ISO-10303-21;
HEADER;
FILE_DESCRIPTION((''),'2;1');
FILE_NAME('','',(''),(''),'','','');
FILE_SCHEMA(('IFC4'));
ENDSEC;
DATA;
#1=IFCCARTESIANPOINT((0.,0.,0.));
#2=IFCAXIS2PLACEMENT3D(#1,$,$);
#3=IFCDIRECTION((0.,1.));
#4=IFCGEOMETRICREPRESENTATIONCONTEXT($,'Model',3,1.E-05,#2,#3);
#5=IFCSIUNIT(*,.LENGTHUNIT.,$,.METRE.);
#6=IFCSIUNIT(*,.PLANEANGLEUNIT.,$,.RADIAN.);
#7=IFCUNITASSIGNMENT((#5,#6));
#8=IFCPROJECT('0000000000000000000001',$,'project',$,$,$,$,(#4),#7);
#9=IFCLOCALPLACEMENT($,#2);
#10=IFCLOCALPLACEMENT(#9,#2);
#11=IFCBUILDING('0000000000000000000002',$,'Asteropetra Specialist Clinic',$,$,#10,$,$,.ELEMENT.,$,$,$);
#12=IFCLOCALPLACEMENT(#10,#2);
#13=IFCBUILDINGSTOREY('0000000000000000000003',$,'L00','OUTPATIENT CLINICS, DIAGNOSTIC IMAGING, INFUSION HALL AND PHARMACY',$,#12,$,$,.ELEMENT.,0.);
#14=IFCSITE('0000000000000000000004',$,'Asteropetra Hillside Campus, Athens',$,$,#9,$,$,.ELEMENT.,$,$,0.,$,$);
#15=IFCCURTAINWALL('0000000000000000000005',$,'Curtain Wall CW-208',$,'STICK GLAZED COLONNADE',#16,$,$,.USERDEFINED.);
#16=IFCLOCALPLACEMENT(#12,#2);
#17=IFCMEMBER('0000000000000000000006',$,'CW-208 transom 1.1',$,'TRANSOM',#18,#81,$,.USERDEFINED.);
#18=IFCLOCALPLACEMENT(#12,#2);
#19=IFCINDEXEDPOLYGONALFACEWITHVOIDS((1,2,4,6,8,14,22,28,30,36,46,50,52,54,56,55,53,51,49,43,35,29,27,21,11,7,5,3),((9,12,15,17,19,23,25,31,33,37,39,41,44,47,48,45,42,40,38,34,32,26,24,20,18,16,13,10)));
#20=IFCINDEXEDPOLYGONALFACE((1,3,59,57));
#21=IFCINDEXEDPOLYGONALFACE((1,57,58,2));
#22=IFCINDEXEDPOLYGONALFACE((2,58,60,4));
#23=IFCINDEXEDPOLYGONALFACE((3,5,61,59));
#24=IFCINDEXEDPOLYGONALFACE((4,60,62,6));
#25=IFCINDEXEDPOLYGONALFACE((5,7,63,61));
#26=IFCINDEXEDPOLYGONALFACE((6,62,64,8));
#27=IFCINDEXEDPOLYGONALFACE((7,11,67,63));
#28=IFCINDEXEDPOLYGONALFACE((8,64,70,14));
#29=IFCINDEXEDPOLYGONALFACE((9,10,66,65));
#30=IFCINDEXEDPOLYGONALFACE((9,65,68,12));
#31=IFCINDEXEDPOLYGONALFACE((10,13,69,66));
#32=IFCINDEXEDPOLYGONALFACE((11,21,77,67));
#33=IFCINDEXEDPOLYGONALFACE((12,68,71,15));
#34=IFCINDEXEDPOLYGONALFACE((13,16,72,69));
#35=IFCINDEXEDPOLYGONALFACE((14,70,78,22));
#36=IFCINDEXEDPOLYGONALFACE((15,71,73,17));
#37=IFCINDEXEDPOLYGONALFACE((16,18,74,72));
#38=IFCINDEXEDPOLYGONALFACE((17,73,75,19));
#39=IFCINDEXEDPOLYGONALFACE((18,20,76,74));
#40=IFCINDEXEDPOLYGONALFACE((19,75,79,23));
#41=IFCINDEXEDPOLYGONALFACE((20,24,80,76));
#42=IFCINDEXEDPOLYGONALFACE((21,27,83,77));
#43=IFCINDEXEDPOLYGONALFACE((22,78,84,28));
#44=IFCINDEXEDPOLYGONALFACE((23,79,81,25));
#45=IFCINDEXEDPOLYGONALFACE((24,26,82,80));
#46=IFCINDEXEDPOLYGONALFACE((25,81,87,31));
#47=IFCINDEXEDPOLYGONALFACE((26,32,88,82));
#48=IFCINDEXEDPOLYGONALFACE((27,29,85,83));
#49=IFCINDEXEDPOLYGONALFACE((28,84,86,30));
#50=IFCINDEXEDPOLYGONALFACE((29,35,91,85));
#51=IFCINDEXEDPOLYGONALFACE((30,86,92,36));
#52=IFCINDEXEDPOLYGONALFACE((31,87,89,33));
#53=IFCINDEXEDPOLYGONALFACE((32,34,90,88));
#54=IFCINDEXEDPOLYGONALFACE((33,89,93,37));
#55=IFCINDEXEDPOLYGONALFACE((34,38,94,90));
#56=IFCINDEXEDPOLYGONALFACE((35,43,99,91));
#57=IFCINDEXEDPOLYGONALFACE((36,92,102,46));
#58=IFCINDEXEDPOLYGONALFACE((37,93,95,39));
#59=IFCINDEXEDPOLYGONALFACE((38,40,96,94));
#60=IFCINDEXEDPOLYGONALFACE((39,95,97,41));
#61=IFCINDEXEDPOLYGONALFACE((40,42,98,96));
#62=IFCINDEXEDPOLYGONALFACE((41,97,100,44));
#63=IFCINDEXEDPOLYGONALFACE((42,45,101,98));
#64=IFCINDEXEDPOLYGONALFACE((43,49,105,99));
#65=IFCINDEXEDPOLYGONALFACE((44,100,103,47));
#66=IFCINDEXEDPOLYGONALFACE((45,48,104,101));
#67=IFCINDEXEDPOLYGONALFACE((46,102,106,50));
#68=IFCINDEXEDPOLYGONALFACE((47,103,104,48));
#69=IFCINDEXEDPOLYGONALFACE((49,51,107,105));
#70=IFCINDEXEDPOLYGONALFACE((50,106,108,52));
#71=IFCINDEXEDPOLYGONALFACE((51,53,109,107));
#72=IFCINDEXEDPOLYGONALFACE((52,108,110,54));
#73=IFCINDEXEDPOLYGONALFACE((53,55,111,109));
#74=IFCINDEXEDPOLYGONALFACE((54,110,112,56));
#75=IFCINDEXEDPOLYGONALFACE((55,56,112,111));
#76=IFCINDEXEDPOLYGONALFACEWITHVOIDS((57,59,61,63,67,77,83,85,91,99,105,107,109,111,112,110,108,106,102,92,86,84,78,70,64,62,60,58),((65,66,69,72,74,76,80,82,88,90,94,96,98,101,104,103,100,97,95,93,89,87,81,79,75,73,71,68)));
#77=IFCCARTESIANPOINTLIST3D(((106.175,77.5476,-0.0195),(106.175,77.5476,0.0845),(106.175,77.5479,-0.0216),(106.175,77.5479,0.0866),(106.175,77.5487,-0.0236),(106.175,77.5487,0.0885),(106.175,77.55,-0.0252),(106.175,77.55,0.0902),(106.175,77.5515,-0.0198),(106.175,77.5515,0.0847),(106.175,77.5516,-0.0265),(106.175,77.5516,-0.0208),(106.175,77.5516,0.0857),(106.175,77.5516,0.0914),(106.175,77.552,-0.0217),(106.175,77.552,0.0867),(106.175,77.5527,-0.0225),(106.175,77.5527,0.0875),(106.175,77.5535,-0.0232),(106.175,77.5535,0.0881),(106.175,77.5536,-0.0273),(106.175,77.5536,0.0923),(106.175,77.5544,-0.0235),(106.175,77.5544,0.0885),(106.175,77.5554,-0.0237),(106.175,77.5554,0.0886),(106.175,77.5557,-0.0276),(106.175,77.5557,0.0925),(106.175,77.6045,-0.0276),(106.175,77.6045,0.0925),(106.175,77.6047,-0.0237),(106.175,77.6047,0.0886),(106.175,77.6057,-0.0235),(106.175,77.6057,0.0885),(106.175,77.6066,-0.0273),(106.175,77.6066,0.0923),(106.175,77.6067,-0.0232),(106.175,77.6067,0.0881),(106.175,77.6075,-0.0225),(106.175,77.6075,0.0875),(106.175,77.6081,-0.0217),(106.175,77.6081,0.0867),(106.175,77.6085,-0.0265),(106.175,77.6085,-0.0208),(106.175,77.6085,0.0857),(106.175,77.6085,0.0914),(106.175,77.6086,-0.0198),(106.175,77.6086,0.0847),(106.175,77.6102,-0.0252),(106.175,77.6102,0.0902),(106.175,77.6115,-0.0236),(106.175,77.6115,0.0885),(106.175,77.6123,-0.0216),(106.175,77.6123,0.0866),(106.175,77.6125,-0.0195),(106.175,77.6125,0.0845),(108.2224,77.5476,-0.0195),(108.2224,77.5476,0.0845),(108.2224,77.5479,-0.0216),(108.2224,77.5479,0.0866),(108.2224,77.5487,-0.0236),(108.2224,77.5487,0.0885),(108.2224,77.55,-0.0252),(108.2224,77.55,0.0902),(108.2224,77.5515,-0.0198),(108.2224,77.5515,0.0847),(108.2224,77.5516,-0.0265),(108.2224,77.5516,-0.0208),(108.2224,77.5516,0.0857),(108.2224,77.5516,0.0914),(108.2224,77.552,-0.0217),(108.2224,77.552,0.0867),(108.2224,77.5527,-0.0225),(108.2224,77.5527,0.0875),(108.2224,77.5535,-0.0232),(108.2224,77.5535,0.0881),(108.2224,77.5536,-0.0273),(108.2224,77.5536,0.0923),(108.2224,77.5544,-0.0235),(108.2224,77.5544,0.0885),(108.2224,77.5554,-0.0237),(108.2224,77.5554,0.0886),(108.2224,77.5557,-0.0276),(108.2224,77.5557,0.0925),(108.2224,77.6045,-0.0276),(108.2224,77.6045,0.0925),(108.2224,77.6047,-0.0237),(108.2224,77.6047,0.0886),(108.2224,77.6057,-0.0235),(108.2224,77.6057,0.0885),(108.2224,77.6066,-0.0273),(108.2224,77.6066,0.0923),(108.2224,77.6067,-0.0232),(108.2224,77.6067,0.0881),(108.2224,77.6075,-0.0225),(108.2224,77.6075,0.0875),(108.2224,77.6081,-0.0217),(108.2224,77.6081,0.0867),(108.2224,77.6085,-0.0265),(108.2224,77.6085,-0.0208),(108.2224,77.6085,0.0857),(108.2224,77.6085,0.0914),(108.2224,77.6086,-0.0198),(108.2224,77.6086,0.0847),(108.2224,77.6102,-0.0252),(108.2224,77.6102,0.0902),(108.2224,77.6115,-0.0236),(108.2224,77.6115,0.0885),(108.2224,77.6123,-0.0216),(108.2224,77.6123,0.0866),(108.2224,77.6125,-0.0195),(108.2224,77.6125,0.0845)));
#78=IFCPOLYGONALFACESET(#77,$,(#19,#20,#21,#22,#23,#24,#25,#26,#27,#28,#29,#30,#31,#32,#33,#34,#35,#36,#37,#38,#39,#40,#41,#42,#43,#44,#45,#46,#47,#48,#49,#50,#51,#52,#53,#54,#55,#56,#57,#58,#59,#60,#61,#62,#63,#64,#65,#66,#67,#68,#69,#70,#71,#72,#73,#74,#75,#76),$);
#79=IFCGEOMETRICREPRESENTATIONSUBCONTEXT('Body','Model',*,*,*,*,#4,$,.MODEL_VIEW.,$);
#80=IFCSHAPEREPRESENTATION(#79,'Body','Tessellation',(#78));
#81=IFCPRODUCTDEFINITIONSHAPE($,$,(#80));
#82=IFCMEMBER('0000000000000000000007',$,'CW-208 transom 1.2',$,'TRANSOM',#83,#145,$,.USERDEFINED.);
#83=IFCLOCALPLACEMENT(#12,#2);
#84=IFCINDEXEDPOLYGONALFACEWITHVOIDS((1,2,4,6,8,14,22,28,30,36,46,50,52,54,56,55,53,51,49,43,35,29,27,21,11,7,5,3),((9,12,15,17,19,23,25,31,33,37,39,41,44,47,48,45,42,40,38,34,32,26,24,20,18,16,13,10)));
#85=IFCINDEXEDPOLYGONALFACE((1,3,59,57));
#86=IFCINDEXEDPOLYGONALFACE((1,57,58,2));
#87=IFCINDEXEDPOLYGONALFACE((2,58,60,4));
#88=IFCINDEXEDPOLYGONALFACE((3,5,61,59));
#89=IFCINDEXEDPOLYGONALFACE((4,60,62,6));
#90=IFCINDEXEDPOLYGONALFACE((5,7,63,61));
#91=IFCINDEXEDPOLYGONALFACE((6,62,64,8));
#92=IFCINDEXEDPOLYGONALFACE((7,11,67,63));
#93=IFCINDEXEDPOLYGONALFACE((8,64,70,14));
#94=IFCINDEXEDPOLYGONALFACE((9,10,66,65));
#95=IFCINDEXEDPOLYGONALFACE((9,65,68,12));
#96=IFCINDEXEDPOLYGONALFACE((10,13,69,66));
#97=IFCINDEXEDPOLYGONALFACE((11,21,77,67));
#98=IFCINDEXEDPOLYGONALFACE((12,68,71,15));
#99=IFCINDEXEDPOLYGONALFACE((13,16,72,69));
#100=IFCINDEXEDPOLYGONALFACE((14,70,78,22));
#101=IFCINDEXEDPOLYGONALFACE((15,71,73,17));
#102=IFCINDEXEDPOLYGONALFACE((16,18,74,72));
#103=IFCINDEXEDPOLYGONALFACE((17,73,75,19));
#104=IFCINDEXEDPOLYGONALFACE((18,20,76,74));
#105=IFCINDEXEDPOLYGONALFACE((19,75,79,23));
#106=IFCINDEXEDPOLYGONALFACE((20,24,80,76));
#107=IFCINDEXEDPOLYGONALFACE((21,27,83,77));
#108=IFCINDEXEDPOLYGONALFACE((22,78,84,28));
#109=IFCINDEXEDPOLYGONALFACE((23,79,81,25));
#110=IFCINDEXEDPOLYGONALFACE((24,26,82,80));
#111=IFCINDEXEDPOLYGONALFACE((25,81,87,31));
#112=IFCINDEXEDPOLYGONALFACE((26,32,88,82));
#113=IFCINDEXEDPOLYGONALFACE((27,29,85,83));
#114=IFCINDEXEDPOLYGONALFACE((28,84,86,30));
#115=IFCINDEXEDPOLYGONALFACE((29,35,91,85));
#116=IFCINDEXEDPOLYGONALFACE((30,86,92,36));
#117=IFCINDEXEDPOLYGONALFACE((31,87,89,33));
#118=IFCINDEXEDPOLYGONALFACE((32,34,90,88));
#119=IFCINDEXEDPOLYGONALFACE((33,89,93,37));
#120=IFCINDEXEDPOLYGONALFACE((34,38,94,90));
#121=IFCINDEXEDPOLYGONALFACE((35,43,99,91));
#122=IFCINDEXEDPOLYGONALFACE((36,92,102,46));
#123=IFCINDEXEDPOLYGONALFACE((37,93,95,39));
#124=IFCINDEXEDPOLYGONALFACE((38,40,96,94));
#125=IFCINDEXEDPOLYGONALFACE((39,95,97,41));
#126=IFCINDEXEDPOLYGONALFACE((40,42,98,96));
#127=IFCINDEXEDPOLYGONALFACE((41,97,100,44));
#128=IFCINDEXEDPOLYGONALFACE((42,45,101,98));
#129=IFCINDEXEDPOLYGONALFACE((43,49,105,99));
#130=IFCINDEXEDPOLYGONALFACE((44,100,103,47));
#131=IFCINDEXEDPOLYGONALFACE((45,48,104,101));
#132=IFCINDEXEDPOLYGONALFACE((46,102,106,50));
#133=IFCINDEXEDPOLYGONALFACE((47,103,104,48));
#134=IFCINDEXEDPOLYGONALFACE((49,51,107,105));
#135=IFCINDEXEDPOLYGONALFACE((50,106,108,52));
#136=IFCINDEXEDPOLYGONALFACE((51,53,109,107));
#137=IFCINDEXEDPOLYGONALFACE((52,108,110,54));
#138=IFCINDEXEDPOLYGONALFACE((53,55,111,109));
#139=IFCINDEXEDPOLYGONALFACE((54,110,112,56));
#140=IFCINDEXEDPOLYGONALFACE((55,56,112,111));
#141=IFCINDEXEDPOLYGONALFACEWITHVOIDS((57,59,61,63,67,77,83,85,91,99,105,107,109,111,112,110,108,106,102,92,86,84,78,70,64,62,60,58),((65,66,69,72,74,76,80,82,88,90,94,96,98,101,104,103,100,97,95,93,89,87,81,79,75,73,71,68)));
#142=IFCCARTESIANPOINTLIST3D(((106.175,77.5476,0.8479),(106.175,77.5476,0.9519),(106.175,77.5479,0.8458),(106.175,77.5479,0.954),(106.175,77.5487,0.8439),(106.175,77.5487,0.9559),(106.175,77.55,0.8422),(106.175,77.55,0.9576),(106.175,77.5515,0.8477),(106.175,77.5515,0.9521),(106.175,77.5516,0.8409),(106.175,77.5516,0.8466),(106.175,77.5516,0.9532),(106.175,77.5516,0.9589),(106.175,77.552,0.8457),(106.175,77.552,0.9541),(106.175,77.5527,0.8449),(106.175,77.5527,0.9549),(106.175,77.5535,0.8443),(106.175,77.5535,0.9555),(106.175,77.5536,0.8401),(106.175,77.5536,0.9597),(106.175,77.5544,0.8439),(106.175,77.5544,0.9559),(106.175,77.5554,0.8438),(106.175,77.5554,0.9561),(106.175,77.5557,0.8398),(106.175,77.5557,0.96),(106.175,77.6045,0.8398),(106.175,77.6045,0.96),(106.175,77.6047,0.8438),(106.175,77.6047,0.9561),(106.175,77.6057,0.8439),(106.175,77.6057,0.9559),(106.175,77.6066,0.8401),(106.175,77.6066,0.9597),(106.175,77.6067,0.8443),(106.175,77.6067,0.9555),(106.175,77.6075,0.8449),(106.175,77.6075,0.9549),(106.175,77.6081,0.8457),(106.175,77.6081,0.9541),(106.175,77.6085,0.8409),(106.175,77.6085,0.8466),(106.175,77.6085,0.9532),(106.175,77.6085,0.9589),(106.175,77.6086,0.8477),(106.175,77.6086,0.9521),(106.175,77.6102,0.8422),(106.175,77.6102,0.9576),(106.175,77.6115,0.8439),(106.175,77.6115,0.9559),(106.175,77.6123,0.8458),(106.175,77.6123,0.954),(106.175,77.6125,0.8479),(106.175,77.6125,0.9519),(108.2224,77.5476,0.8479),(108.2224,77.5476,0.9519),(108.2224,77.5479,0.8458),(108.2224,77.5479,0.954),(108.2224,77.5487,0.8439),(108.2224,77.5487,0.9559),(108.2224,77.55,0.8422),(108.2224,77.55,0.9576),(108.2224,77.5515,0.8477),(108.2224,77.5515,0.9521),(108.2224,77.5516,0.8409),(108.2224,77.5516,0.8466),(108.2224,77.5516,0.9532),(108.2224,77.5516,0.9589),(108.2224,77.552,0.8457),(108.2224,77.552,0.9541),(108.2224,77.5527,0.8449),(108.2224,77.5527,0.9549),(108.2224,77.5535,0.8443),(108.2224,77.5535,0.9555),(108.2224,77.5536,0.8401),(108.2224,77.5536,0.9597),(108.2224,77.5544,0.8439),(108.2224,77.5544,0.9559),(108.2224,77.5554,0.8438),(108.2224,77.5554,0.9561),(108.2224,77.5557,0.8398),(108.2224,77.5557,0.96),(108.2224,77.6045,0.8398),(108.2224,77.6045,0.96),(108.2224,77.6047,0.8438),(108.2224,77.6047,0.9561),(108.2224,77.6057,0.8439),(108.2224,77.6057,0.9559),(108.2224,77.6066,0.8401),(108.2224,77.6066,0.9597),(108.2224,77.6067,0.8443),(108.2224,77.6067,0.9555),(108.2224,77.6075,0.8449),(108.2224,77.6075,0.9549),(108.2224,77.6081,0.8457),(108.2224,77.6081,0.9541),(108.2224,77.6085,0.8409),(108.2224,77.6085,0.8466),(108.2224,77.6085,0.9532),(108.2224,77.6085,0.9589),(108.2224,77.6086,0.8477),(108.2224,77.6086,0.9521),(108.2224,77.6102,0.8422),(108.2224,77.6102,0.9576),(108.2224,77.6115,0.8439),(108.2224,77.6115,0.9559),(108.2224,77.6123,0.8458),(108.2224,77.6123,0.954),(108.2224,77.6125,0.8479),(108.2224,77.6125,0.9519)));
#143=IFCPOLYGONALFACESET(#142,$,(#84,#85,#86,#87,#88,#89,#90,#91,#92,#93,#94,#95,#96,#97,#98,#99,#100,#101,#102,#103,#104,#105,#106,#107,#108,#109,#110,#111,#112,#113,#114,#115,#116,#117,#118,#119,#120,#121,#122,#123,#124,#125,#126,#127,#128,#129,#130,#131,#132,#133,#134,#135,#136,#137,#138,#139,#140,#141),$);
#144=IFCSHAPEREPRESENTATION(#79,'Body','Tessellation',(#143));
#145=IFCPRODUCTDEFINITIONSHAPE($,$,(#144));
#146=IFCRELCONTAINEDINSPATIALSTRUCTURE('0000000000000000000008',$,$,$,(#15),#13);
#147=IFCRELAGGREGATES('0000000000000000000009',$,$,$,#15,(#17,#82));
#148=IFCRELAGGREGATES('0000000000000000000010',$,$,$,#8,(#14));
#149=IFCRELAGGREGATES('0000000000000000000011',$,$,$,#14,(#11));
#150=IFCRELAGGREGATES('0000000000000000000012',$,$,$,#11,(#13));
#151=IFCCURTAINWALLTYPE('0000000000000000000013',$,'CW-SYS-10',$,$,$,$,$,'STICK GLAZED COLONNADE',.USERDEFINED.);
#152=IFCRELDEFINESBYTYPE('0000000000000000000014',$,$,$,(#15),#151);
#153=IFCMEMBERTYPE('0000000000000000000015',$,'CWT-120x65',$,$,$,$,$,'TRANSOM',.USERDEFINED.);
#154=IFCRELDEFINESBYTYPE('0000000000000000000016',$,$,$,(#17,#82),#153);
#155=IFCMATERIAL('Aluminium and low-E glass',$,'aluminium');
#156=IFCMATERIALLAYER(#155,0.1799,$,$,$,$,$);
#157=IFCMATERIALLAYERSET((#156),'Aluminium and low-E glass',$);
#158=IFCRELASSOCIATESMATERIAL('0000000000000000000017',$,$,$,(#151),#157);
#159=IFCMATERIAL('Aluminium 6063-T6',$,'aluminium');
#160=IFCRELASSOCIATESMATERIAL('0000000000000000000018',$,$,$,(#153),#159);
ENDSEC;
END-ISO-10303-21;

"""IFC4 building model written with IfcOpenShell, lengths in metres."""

from ifc_helpers import new_model, si_unit, direction, frame, origin, origin_2d, place, context, subcontext, project, spatial, hollow_rectangle, extrude, material, layer, layer_set, material_profile, profile_set, type_object, element, aggregate, save


model = new_model("IFC4")

# Units and contexts
model_context = context("Model", 3, precision=1e-05, world=origin(), true_north=direction((0.0, 1.0)))
body_context = subcontext(model_context, "Body", "Model", "MODEL_VIEW")
ifc_project = project(units=[si_unit("LENGTHUNIT", "METRE"), si_unit("PLANEANGLEUNIT", "RADIAN")], contexts=[model_context])

# Site, building, storey
site_placement = place(None, origin())
site = spatial("IfcSite", under=ifc_project, at=site_placement, Name="Asteropetra Hillside Campus, Athens", CompositionType="ELEMENT", RefElevation=0.0)
building_placement = place(site_placement, origin())
building = spatial("IfcBuilding", under=site, at=building_placement, Name="Asteropetra Specialist Clinic", CompositionType="ELEMENT")
storey_placement = place(building_placement, origin())
storey = spatial("IfcBuildingStorey", under=building, at=storey_placement, Name="L00", Description="OUTPATIENT CLINICS, DIAGNOSTIC IMAGING, INFUSION HALL AND PHARMACY", CompositionType="ELEMENT", Elevation=0.0)

# Curtain wall, members
ifc_material_1 = material(Name="Aluminium and low-E glass", Category="aluminium")
ifc_layer_1 = layer(ifc_material_1, 0.1799)
ifc_layer_set_1 = layer_set([ifc_layer_1], Name="Aluminium and low-E glass")
curtain_wall_type = type_object("IfcCurtainWallType", Name="CW-SYS-10", ElementType="STICK GLAZED COLONNADE", PredefinedType="USERDEFINED", material=ifc_layer_set_1)
curtain_wall_placement = place(storey_placement, origin())
curtain_wall = element("IfcCurtainWall", 1, at=curtain_wall_placement, inside=storey, type_object=curtain_wall_type, Name="Curtain Wall CW-208", ObjectType="STICK GLAZED COLONNADE", PredefinedType="USERDEFINED")
ifc_material_2 = material(Name="Aluminium 6063-T6", Category="aluminium")
ifc_material_profile_1 = material_profile(ifc_material_2, hollow_rectangle(XDim=0.0649, YDim=0.1201, WallThickness=0.0039, InnerFilletRadius=0.0039, OuterFilletRadius=0.0081, at=origin_2d()), Name="TRN 120x65x4.0")
ifc_profile_set_1 = profile_set([ifc_material_profile_1], Name="Aluminium 6063-T6")
member_type_1 = type_object("IfcMemberType", Name="CWT-120x65", ElementType="TRANSOM", PredefinedType="USERDEFINED", material=ifc_profile_set_1)
member_1_placement = place(storey_placement, frame((106.175, 77.5801, 0.0325), z_axis=(1.0, 0.0, 0.0), x_axis=(0.0, 1.0, 0.0)))
member_1 = element("IfcMember", 2, at=member_1_placement, type_object=member_type_1, Name="CW-208 transom 1.1", ObjectType="TRANSOM", PredefinedType="USERDEFINED", context=body_context, shape_type="SweptSolid", body=[
    extrude(hollow_rectangle(XDim=0.0649, YDim=0.1201, WallThickness=0.0039, InnerFilletRadius=0.0039, OuterFilletRadius=0.0081, at=origin_2d()), origin(), (0.0, 0.0, 1.0), 2.0474),
])
member_2_placement = place(storey_placement, frame((106.175, 77.5801, 0.8999), z_axis=(1.0, 0.0, 0.0), x_axis=(0.0, 1.0, 0.0)))
member_2 = element("IfcMember", 3, at=member_2_placement, type_object=member_type_1, Name="CW-208 transom 1.2", ObjectType="TRANSOM", PredefinedType="USERDEFINED", context=body_context, shape_type="SweptSolid", body=[
    extrude(hollow_rectangle(XDim=0.0649, YDim=0.1201, WallThickness=0.0039, InnerFilletRadius=0.0039, OuterFilletRadius=0.0081, at=origin_2d()), origin(), (0.0, 0.0, 1.0), 2.0474),
])
aggregate(curtain_wall, [member_1, member_2])

save(model, "model.ifc")
